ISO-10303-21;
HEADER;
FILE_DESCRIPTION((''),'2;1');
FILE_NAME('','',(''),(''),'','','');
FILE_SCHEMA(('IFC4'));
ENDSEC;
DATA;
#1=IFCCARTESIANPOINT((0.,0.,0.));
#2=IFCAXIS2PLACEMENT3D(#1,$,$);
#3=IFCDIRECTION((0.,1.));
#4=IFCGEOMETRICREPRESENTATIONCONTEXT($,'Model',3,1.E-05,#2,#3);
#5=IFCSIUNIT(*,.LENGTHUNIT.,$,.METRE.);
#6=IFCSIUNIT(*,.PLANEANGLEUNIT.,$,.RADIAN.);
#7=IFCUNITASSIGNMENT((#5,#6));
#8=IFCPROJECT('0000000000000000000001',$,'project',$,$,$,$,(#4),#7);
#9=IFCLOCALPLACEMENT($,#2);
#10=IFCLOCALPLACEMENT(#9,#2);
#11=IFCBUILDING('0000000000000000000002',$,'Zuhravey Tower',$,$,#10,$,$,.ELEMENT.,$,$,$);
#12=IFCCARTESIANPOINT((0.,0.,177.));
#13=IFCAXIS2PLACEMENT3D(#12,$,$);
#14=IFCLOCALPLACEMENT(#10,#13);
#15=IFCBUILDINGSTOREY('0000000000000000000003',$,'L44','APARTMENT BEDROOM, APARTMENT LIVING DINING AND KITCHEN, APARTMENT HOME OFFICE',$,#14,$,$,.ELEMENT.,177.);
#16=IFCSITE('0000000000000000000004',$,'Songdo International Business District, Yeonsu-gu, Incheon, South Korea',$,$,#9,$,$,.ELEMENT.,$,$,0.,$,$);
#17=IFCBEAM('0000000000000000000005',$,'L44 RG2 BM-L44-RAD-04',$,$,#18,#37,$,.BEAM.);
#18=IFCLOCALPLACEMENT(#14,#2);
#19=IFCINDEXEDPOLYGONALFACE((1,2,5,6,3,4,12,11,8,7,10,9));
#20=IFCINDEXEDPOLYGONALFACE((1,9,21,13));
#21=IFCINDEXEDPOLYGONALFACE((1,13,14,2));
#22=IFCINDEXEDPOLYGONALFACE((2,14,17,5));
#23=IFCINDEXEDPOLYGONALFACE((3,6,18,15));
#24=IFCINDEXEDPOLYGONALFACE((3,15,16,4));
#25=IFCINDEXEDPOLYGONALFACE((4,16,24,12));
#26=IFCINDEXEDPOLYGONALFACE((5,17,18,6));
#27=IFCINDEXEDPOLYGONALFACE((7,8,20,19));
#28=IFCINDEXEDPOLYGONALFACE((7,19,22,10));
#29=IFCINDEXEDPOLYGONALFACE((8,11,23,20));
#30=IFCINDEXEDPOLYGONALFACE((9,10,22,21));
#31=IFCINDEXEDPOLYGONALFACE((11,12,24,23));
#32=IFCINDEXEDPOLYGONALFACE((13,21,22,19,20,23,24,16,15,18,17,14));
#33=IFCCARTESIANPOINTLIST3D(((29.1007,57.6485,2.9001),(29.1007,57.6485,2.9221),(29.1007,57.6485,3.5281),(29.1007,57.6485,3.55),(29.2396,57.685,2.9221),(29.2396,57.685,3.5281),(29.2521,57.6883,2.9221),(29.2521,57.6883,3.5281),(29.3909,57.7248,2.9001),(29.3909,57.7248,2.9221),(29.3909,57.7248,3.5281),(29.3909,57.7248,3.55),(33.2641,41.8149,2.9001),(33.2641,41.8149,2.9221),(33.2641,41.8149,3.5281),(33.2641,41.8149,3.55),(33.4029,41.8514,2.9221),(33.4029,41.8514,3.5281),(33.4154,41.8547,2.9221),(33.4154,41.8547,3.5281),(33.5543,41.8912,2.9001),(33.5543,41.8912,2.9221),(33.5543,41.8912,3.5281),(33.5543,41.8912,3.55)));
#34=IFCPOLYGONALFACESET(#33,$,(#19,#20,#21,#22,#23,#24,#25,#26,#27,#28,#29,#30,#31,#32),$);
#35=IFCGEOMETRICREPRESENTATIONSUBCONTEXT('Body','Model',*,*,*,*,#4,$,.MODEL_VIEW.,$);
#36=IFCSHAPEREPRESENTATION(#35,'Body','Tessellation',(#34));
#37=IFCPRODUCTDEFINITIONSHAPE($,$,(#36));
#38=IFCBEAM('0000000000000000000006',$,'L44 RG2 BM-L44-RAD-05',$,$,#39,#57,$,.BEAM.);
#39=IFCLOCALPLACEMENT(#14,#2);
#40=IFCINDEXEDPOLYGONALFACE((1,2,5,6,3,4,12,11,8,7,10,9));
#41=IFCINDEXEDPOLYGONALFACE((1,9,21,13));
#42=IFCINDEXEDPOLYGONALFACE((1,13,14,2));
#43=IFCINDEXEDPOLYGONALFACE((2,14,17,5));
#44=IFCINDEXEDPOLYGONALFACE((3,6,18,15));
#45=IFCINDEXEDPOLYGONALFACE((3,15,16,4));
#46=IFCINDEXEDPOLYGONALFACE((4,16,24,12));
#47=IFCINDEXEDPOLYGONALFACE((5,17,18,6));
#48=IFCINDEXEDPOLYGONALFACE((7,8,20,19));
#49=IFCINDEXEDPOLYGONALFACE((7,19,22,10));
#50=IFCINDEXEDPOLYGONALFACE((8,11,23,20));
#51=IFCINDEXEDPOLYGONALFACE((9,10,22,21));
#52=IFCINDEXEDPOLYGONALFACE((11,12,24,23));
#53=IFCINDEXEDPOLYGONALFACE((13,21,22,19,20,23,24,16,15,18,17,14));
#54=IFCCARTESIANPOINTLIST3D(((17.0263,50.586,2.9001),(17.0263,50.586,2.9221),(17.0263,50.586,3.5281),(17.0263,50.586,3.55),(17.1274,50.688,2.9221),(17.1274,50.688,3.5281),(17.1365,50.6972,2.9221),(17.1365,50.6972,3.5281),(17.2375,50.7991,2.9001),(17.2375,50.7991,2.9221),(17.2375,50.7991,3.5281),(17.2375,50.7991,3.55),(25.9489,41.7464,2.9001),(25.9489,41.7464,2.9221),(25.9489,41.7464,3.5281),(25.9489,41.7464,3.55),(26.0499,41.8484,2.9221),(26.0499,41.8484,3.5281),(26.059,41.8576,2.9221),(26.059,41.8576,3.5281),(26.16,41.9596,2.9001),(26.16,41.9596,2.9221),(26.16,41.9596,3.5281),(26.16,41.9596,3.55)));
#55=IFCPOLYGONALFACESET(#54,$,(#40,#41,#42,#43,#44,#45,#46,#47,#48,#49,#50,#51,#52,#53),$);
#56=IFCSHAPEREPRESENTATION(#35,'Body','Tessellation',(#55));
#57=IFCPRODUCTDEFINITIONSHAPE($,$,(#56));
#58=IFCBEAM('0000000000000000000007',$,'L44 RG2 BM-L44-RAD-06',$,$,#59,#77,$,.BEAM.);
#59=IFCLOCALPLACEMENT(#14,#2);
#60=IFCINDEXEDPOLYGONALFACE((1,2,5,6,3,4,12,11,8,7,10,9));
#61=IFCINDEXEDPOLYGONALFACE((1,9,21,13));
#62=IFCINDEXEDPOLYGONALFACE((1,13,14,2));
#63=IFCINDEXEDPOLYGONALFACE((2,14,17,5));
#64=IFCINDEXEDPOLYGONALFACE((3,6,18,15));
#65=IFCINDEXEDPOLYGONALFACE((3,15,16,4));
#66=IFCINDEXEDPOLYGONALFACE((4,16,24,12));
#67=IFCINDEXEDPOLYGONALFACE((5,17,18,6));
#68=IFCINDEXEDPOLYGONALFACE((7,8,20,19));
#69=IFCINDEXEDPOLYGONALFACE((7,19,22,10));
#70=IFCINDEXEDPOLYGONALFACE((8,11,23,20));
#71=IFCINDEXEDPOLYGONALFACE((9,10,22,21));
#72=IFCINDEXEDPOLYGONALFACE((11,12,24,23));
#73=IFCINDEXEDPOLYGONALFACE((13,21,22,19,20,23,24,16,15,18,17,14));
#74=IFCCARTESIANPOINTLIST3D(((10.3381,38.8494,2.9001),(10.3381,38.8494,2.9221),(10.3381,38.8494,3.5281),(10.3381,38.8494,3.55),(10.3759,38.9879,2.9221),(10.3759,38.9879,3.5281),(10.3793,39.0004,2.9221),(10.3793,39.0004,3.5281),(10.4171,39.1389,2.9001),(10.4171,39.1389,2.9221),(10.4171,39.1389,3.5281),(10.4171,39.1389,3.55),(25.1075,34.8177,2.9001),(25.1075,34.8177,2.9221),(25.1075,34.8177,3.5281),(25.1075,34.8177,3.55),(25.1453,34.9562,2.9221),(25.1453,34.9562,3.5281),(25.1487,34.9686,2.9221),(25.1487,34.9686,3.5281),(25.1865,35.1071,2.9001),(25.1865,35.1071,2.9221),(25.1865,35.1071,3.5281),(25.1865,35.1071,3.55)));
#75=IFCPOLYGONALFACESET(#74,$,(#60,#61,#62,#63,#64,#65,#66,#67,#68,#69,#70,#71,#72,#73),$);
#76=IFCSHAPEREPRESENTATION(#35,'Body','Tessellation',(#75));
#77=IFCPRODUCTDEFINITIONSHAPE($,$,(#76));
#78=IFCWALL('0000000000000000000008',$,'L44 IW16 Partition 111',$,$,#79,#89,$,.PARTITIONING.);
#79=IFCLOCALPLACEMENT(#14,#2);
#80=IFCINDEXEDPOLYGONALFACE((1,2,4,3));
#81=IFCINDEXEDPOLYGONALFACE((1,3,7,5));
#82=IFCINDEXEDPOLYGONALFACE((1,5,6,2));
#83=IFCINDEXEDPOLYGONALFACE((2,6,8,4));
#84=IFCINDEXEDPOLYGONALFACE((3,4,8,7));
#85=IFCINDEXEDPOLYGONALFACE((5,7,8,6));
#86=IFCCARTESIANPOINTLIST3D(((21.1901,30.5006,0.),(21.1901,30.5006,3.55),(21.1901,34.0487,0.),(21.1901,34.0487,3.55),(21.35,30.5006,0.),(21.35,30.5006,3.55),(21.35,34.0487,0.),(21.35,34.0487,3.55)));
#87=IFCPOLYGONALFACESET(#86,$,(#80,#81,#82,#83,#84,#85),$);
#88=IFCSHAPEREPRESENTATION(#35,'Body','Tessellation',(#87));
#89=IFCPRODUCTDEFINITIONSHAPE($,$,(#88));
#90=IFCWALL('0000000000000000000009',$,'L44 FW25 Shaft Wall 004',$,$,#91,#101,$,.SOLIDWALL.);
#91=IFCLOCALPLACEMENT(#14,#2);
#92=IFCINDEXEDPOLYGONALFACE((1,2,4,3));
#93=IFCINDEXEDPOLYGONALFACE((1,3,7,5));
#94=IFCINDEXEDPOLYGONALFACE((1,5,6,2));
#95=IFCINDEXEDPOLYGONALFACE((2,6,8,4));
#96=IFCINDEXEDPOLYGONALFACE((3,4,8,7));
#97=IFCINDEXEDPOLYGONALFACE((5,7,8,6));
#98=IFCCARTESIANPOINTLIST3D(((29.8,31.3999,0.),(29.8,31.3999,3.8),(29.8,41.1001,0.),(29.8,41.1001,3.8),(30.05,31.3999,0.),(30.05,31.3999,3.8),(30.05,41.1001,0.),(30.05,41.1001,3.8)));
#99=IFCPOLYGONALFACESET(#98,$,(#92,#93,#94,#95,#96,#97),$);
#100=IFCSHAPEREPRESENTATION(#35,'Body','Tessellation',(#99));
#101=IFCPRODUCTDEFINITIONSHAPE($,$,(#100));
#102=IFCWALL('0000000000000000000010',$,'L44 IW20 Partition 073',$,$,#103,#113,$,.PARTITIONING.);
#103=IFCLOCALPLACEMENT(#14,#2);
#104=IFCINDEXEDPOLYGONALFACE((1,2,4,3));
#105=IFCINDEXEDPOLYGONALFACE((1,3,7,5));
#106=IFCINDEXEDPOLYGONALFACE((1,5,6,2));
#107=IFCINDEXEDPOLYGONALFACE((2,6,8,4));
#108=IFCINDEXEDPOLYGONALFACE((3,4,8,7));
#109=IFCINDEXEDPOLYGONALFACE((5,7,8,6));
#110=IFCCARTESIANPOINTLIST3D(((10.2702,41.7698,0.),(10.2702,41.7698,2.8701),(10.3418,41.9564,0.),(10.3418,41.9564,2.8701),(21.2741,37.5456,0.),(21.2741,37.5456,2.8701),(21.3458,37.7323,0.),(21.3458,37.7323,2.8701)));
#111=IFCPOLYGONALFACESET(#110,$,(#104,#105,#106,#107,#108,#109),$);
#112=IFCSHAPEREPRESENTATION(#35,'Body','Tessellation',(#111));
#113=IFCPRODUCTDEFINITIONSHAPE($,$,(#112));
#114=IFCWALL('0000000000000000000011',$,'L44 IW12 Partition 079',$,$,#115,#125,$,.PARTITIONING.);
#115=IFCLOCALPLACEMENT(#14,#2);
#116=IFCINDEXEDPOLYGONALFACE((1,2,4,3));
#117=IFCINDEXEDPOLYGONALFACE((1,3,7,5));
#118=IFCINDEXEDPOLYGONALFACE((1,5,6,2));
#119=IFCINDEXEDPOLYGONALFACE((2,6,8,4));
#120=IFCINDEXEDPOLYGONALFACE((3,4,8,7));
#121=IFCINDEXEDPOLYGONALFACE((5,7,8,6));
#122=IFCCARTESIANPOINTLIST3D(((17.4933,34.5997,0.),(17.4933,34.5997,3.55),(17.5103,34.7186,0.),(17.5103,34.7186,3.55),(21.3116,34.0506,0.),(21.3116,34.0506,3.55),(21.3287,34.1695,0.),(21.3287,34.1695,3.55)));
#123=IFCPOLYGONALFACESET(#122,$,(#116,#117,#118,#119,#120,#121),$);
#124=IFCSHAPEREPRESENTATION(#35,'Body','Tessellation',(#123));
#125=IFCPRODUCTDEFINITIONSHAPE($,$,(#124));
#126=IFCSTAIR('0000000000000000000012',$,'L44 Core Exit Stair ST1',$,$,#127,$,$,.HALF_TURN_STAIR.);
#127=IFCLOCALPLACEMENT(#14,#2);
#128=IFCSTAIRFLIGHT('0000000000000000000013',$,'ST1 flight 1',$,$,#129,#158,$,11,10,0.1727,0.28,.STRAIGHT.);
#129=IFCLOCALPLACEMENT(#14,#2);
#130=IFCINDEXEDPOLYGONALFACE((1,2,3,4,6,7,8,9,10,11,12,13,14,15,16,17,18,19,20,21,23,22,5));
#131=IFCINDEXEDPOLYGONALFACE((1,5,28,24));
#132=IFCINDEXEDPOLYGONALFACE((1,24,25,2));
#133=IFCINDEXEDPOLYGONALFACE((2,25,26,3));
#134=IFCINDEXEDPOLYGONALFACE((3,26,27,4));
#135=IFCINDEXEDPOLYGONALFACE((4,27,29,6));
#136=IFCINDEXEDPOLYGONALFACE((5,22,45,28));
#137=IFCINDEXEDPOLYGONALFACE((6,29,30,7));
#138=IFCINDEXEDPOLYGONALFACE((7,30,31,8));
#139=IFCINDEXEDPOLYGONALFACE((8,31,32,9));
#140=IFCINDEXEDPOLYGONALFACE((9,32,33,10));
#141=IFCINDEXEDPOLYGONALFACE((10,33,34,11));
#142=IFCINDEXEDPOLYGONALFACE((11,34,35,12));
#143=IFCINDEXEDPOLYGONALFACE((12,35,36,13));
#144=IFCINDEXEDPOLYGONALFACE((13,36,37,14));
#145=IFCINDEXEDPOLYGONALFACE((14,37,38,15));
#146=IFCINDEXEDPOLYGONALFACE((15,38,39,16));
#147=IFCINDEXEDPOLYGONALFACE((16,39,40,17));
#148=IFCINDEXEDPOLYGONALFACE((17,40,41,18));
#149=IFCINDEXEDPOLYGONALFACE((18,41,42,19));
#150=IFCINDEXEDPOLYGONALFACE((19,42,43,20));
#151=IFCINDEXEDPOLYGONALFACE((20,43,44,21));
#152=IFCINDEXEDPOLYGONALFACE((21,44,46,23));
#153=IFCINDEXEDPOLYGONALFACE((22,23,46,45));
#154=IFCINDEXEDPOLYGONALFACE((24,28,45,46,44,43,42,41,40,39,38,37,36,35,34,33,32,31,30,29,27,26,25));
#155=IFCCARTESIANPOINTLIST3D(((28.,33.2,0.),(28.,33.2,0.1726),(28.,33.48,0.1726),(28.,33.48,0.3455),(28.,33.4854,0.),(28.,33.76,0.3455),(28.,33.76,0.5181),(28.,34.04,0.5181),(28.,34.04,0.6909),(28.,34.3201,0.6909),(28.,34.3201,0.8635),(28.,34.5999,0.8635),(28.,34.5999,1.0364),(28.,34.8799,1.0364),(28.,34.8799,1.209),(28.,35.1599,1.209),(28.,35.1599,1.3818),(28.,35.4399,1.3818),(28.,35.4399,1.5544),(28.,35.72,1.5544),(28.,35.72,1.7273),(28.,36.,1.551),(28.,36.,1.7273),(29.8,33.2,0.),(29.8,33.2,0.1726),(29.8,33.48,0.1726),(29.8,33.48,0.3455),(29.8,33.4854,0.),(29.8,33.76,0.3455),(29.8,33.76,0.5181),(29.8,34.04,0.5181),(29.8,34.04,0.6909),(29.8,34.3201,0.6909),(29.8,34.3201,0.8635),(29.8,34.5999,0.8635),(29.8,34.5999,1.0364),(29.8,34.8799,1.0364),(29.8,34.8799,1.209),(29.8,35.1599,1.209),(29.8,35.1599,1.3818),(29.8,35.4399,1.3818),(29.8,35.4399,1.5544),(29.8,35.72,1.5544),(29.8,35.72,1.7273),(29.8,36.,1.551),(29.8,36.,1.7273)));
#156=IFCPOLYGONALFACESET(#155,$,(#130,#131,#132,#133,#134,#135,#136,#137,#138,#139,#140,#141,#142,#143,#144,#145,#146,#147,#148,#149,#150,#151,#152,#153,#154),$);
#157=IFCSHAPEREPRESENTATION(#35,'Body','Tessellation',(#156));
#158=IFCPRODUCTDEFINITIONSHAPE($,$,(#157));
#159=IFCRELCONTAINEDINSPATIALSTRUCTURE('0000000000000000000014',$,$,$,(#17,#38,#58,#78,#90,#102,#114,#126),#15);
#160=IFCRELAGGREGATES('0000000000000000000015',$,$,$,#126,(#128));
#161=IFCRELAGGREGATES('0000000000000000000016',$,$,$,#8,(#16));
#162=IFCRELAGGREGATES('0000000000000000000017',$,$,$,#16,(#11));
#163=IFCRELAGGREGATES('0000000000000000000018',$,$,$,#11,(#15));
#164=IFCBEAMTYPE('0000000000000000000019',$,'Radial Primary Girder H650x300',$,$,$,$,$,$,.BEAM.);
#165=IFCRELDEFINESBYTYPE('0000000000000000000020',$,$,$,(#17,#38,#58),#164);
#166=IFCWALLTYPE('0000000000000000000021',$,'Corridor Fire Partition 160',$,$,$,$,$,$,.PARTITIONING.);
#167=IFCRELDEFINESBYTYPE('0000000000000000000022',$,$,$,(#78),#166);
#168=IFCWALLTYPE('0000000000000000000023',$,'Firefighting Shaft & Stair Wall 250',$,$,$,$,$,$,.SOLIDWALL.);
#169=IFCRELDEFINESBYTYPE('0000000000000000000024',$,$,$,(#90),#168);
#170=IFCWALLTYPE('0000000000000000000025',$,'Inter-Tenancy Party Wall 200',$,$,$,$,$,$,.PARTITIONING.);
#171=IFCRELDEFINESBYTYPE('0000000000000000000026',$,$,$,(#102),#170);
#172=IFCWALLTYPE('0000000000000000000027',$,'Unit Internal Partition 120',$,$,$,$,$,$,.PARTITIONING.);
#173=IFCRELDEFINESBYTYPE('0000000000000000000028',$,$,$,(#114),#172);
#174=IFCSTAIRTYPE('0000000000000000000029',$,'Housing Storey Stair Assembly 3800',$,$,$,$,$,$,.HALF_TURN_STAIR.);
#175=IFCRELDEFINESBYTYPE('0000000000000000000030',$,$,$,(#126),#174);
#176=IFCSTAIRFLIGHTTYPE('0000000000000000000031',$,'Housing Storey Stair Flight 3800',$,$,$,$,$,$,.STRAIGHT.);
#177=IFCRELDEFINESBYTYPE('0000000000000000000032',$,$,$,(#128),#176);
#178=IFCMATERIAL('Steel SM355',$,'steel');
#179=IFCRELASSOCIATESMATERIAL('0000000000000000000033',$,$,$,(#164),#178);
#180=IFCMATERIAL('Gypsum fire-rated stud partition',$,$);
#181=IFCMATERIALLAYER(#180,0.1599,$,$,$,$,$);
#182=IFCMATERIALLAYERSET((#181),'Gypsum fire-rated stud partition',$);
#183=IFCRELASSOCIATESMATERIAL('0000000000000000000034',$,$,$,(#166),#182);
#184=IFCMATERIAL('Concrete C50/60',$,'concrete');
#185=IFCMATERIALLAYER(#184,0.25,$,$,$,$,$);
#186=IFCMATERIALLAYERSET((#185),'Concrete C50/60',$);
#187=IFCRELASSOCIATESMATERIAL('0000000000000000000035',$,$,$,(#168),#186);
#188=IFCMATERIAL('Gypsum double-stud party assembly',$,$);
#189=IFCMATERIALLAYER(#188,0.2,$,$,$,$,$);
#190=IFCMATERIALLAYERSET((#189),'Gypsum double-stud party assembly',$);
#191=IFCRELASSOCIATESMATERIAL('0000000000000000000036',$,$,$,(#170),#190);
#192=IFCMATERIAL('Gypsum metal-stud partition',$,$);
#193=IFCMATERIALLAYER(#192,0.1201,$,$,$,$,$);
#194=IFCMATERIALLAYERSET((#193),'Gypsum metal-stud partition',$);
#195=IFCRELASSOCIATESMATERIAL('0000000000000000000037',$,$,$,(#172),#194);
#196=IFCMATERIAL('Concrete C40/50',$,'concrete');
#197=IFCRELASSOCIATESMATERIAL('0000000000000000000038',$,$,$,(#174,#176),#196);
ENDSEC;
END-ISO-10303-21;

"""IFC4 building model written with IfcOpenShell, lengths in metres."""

from ifc_helpers import new_model, si_unit, direction, frame, frame_2d, origin, origin_2d, place, context, subcontext, project, spatial, polyline, rectangle, i_section, outline, extrude, material, layer, layer_set, material_profile, profile_set, type_object, element, aggregate, save


model = new_model("IFC4")

# Units and contexts
model_context = context("Model", 3, precision=1e-05, world=origin(), true_north=direction((0.0, 1.0)))
body_context = subcontext(model_context, "Body", "Model", "MODEL_VIEW")
ifc_project = project(units=[si_unit("LENGTHUNIT", "METRE"), si_unit("PLANEANGLEUNIT", "RADIAN")], contexts=[model_context])

# Site, building, storey
site_placement = place(None, origin())
site = spatial("IfcSite", under=ifc_project, at=site_placement, Name="Songdo International Business District, Yeonsu-gu, Incheon, South Korea", CompositionType="ELEMENT", RefElevation=0.0)
building_placement = place(site_placement, origin())
building = spatial("IfcBuilding", under=site, at=building_placement, Name="Zuhravey Tower", CompositionType="ELEMENT")
storey_placement = place(building_placement, frame((0.0, 0.0, 177.0)))
storey = spatial("IfcBuildingStorey", under=building, at=storey_placement, Name="L44", Description="APARTMENT BEDROOM, APARTMENT LIVING DINING AND KITCHEN, APARTMENT HOME OFFICE", CompositionType="ELEMENT", Elevation=177.0)

# Beams
ifc_material_1 = material(Name="Steel SM355", Category="steel")
ifc_material_profile = material_profile(ifc_material_1, i_section(OverallWidth=0.3, OverallDepth=0.6499, WebThickness=0.0129, FlangeThickness=0.022, at=origin_2d()), Name="H-650x300x13x22")
ifc_profile_set = profile_set([ifc_material_profile], Name="Steel SM355")
beam_type = type_object("IfcBeamType", Name="Radial Primary Girder H650x300", PredefinedType="BEAM", material=ifc_profile_set)
beam_1_placement = place(storey_placement, frame((33.4092, 41.853, 3.2251), z_axis=(-0.2543, 0.967125, 0.0), x_axis=(-0.967125, -0.2543, 0.0)))
element("IfcBeam", 1, at=beam_1_placement, inside=storey, type_object=beam_type, Name="L44 RG2 BM-L44-RAD-04", PredefinedType="BEAM", context=body_context, shape_type="SweptSolid", body=[
    extrude(i_section(OverallWidth=0.3, OverallDepth=0.6499, WebThickness=0.0129, FlangeThickness=0.022, at=origin_2d()), origin(), (0.0, 0.0, 1.0), 16.3718),
])
beam_2_placement = place(storey_placement, frame((26.0544, 41.853, 3.2251), z_axis=(-0.710404, 0.703795, 0.0), x_axis=(-0.703795, -0.710404, 0.0)))
element("IfcBeam", 2, at=beam_2_placement, inside=storey, type_object=beam_type, Name="L44 RG2 BM-L44-RAD-05", PredefinedType="BEAM", context=body_context, shape_type="SweptSolid", body=[
    extrude(i_section(OverallWidth=0.3, OverallDepth=0.6499, WebThickness=0.0129, FlangeThickness=0.022, at=origin_2d()), origin(), (0.0, 0.0, 1.0), 12.5598),
])
beam_3_placement = place(storey_placement, frame((25.147, 34.9624, 3.2251), z_axis=(-0.964702, 0.263345, 0.0), x_axis=(-0.263345, -0.964702, 0.0)))
element("IfcBeam", 3, at=beam_3_placement, inside=storey, type_object=beam_type, Name="L44 RG2 BM-L44-RAD-06", PredefinedType="BEAM", context=body_context, shape_type="SweptSolid", body=[
    extrude(i_section(OverallWidth=0.3, OverallDepth=0.6499, WebThickness=0.0129, FlangeThickness=0.022, at=origin_2d()), origin(), (0.0, 0.0, 1.0), 15.3098),
])

# Shared definitions
ifc_material_2 = material(Name="Gypsum fire-rated stud partition")
ifc_layer_1 = layer(ifc_material_2, 0.1599)
ifc_layer_set_1 = layer_set([ifc_layer_1], Name="Gypsum fire-rated stud partition")
wall_type_1 = type_object("IfcWallType", Name="Corridor Fire Partition 160", PredefinedType="PARTITIONING", material=ifc_layer_set_1)

# Wall
wall_1_placement = place(storey_placement, frame((21.27, 34.0486, 0.0), z_axis=(0.0, 0.0, 1.0), x_axis=(0.0, -1.0, 0.0)))
element("IfcWall", 4, at=wall_1_placement, inside=storey, type_object=wall_type_1, Name="L44 IW16 Partition 111", PredefinedType="PARTITIONING", context=body_context, shape_type="SweptSolid", body=[
    extrude(rectangle(XDim=3.5481, YDim=0.1599, at=frame_2d((1.7739, 0.0))), origin(), (0.0, 0.0, 1.0), 3.55),
])

# Shared definitions
ifc_material_3 = material(Name="Concrete C50/60", Category="concrete")
ifc_layer_2 = layer(ifc_material_3, 0.25)
ifc_layer_set_2 = layer_set([ifc_layer_2], Name="Concrete C50/60")
wall_type_2 = type_object("IfcWallType", Name="Firefighting Shaft & Stair Wall 250", PredefinedType="SOLIDWALL", material=ifc_layer_set_2)

# Walls
wall_2_placement = place(storey_placement, frame((29.925, 31.3999, 0.0), z_axis=(0.0, 0.0, 1.0), x_axis=(0.0, 1.0, 0.0)))
element("IfcWall", 5, at=wall_2_placement, inside=storey, type_object=wall_type_2, Name="L44 FW25 Shaft Wall 004", PredefinedType="SOLIDWALL", context=body_context, shape_type="SweptSolid", body=[
    extrude(rectangle(XDim=9.7002, YDim=0.25, at=frame_2d((4.8501, 0.0))), origin(), (0.0, 0.0, 1.0), 3.8),
])
ifc_material_4 = material(Name="Gypsum double-stud party assembly")
ifc_layer_3 = layer(ifc_material_4, 0.2)
ifc_layer_set_3 = layer_set([ifc_layer_3], Name="Gypsum double-stud party assembly")
wall_type_3 = type_object("IfcWallType", Name="Inter-Tenancy Party Wall 200", PredefinedType="PARTITIONING", material=ifc_layer_set_3)
wall_3_placement = place(storey_placement, frame((21.3101, 37.6389, 0.0), z_axis=(0.0, 0.0, 1.0), x_axis=(-0.933577, 0.358377, 0.0)))
element("IfcWall", 6, at=wall_3_placement, inside=storey, type_object=wall_type_3, Name="L44 IW20 Partition 073", PredefinedType="PARTITIONING", context=body_context, shape_type="SweptSolid", body=[
    extrude(rectangle(XDim=11.7869, YDim=0.2, at=frame_2d((5.8936, 0.0))), origin(), (0.0, 0.0, 1.0), 2.8701),
])
ifc_material_5 = material(Name="Gypsum metal-stud partition")
ifc_layer_4 = layer(ifc_material_5, 0.1201)
ifc_layer_set_4 = layer_set([ifc_layer_4], Name="Gypsum metal-stud partition")
wall_type_4 = type_object("IfcWallType", Name="Unit Internal Partition 120", PredefinedType="PARTITIONING", material=ifc_layer_set_4)
wall_4_placement = place(storey_placement, frame((21.3201, 34.1101, 0.0), z_axis=(0.0, 0.0, 1.0), x_axis=(-0.989819, 0.142334, 0.0)))
element("IfcWall", 7, at=wall_4_placement, inside=storey, type_object=wall_type_4, Name="L44 IW12 Partition 079", PredefinedType="PARTITIONING", context=body_context, shape_type="SweptSolid", body=[
    extrude(rectangle(XDim=3.8577, YDim=0.1201, at=frame_2d((1.9287, 0.0))), origin(), (0.0, 0.0, 1.0), 3.55),
])

# Stair, stair flight
ifc_material_6 = material(Name="Concrete C40/50", Category="concrete")
stair_type = type_object("IfcStairType", Name="Housing Storey Stair Assembly 3800", PredefinedType="HALF_TURN_STAIR", material=ifc_material_6)
stair_1_placement = place(storey_placement, origin())
stair_1 = element("IfcStair", 8, at=stair_1_placement, inside=storey, type_object=stair_type, Name="L44 Core Exit Stair ST1", PredefinedType="HALF_TURN_STAIR")
stair_flight_type = type_object("IfcStairFlightType", Name="Housing Storey Stair Flight 3800", PredefinedType="STRAIGHT", material=ifc_material_6)
stair_flight_1_placement = place(storey_placement, frame((28.8999, 33.2, 0.0), z_axis=(0.0, 0.0, 1.0), x_axis=(0.0, 1.0, 0.0)))
stair_flight_1 = element("IfcStairFlight", 9, at=stair_flight_1_placement, type_object=stair_flight_type, Name="ST1 flight 1", NumberOfRisers=11, NumberOfTreads=10, PredefinedType="STRAIGHT", RiserHeight=0.1727, TreadLength=0.28, context=body_context, shape_type="SweptSolid", body=[
    extrude(outline(polyline([(0.0, 0.0), (0.0, 0.1726), (0.28, 0.1726), (0.28, 0.3455), (0.5601, 0.3455), (0.5601, 0.5181), (0.8401, 0.5181), (0.8401, 0.6909), (1.1201, 0.6909), (1.1201, 0.8635), (1.3999, 0.8635), (1.3999, 1.0364), (1.6799, 1.0364), (1.6799, 1.209), (1.96, 1.209), (1.96, 1.3818), (2.24, 1.3818), (2.24, 1.5544), (2.52, 1.5544), (2.52, 1.7273), (2.8, 1.7273), (2.8, 1.8999), (2.8, 1.551), (0.2854, 0.0), (0.0, 0.0)])), frame((0.0, 0.8999, 0.0), z_axis=(0.0, -1.0, 0.0), x_axis=(1.0, 0.0, 0.0)), (0.0, 0.0, 1.0), 1.8),
])
aggregate(stair_1, [stair_flight_1])

save(model, "model.ifc")
